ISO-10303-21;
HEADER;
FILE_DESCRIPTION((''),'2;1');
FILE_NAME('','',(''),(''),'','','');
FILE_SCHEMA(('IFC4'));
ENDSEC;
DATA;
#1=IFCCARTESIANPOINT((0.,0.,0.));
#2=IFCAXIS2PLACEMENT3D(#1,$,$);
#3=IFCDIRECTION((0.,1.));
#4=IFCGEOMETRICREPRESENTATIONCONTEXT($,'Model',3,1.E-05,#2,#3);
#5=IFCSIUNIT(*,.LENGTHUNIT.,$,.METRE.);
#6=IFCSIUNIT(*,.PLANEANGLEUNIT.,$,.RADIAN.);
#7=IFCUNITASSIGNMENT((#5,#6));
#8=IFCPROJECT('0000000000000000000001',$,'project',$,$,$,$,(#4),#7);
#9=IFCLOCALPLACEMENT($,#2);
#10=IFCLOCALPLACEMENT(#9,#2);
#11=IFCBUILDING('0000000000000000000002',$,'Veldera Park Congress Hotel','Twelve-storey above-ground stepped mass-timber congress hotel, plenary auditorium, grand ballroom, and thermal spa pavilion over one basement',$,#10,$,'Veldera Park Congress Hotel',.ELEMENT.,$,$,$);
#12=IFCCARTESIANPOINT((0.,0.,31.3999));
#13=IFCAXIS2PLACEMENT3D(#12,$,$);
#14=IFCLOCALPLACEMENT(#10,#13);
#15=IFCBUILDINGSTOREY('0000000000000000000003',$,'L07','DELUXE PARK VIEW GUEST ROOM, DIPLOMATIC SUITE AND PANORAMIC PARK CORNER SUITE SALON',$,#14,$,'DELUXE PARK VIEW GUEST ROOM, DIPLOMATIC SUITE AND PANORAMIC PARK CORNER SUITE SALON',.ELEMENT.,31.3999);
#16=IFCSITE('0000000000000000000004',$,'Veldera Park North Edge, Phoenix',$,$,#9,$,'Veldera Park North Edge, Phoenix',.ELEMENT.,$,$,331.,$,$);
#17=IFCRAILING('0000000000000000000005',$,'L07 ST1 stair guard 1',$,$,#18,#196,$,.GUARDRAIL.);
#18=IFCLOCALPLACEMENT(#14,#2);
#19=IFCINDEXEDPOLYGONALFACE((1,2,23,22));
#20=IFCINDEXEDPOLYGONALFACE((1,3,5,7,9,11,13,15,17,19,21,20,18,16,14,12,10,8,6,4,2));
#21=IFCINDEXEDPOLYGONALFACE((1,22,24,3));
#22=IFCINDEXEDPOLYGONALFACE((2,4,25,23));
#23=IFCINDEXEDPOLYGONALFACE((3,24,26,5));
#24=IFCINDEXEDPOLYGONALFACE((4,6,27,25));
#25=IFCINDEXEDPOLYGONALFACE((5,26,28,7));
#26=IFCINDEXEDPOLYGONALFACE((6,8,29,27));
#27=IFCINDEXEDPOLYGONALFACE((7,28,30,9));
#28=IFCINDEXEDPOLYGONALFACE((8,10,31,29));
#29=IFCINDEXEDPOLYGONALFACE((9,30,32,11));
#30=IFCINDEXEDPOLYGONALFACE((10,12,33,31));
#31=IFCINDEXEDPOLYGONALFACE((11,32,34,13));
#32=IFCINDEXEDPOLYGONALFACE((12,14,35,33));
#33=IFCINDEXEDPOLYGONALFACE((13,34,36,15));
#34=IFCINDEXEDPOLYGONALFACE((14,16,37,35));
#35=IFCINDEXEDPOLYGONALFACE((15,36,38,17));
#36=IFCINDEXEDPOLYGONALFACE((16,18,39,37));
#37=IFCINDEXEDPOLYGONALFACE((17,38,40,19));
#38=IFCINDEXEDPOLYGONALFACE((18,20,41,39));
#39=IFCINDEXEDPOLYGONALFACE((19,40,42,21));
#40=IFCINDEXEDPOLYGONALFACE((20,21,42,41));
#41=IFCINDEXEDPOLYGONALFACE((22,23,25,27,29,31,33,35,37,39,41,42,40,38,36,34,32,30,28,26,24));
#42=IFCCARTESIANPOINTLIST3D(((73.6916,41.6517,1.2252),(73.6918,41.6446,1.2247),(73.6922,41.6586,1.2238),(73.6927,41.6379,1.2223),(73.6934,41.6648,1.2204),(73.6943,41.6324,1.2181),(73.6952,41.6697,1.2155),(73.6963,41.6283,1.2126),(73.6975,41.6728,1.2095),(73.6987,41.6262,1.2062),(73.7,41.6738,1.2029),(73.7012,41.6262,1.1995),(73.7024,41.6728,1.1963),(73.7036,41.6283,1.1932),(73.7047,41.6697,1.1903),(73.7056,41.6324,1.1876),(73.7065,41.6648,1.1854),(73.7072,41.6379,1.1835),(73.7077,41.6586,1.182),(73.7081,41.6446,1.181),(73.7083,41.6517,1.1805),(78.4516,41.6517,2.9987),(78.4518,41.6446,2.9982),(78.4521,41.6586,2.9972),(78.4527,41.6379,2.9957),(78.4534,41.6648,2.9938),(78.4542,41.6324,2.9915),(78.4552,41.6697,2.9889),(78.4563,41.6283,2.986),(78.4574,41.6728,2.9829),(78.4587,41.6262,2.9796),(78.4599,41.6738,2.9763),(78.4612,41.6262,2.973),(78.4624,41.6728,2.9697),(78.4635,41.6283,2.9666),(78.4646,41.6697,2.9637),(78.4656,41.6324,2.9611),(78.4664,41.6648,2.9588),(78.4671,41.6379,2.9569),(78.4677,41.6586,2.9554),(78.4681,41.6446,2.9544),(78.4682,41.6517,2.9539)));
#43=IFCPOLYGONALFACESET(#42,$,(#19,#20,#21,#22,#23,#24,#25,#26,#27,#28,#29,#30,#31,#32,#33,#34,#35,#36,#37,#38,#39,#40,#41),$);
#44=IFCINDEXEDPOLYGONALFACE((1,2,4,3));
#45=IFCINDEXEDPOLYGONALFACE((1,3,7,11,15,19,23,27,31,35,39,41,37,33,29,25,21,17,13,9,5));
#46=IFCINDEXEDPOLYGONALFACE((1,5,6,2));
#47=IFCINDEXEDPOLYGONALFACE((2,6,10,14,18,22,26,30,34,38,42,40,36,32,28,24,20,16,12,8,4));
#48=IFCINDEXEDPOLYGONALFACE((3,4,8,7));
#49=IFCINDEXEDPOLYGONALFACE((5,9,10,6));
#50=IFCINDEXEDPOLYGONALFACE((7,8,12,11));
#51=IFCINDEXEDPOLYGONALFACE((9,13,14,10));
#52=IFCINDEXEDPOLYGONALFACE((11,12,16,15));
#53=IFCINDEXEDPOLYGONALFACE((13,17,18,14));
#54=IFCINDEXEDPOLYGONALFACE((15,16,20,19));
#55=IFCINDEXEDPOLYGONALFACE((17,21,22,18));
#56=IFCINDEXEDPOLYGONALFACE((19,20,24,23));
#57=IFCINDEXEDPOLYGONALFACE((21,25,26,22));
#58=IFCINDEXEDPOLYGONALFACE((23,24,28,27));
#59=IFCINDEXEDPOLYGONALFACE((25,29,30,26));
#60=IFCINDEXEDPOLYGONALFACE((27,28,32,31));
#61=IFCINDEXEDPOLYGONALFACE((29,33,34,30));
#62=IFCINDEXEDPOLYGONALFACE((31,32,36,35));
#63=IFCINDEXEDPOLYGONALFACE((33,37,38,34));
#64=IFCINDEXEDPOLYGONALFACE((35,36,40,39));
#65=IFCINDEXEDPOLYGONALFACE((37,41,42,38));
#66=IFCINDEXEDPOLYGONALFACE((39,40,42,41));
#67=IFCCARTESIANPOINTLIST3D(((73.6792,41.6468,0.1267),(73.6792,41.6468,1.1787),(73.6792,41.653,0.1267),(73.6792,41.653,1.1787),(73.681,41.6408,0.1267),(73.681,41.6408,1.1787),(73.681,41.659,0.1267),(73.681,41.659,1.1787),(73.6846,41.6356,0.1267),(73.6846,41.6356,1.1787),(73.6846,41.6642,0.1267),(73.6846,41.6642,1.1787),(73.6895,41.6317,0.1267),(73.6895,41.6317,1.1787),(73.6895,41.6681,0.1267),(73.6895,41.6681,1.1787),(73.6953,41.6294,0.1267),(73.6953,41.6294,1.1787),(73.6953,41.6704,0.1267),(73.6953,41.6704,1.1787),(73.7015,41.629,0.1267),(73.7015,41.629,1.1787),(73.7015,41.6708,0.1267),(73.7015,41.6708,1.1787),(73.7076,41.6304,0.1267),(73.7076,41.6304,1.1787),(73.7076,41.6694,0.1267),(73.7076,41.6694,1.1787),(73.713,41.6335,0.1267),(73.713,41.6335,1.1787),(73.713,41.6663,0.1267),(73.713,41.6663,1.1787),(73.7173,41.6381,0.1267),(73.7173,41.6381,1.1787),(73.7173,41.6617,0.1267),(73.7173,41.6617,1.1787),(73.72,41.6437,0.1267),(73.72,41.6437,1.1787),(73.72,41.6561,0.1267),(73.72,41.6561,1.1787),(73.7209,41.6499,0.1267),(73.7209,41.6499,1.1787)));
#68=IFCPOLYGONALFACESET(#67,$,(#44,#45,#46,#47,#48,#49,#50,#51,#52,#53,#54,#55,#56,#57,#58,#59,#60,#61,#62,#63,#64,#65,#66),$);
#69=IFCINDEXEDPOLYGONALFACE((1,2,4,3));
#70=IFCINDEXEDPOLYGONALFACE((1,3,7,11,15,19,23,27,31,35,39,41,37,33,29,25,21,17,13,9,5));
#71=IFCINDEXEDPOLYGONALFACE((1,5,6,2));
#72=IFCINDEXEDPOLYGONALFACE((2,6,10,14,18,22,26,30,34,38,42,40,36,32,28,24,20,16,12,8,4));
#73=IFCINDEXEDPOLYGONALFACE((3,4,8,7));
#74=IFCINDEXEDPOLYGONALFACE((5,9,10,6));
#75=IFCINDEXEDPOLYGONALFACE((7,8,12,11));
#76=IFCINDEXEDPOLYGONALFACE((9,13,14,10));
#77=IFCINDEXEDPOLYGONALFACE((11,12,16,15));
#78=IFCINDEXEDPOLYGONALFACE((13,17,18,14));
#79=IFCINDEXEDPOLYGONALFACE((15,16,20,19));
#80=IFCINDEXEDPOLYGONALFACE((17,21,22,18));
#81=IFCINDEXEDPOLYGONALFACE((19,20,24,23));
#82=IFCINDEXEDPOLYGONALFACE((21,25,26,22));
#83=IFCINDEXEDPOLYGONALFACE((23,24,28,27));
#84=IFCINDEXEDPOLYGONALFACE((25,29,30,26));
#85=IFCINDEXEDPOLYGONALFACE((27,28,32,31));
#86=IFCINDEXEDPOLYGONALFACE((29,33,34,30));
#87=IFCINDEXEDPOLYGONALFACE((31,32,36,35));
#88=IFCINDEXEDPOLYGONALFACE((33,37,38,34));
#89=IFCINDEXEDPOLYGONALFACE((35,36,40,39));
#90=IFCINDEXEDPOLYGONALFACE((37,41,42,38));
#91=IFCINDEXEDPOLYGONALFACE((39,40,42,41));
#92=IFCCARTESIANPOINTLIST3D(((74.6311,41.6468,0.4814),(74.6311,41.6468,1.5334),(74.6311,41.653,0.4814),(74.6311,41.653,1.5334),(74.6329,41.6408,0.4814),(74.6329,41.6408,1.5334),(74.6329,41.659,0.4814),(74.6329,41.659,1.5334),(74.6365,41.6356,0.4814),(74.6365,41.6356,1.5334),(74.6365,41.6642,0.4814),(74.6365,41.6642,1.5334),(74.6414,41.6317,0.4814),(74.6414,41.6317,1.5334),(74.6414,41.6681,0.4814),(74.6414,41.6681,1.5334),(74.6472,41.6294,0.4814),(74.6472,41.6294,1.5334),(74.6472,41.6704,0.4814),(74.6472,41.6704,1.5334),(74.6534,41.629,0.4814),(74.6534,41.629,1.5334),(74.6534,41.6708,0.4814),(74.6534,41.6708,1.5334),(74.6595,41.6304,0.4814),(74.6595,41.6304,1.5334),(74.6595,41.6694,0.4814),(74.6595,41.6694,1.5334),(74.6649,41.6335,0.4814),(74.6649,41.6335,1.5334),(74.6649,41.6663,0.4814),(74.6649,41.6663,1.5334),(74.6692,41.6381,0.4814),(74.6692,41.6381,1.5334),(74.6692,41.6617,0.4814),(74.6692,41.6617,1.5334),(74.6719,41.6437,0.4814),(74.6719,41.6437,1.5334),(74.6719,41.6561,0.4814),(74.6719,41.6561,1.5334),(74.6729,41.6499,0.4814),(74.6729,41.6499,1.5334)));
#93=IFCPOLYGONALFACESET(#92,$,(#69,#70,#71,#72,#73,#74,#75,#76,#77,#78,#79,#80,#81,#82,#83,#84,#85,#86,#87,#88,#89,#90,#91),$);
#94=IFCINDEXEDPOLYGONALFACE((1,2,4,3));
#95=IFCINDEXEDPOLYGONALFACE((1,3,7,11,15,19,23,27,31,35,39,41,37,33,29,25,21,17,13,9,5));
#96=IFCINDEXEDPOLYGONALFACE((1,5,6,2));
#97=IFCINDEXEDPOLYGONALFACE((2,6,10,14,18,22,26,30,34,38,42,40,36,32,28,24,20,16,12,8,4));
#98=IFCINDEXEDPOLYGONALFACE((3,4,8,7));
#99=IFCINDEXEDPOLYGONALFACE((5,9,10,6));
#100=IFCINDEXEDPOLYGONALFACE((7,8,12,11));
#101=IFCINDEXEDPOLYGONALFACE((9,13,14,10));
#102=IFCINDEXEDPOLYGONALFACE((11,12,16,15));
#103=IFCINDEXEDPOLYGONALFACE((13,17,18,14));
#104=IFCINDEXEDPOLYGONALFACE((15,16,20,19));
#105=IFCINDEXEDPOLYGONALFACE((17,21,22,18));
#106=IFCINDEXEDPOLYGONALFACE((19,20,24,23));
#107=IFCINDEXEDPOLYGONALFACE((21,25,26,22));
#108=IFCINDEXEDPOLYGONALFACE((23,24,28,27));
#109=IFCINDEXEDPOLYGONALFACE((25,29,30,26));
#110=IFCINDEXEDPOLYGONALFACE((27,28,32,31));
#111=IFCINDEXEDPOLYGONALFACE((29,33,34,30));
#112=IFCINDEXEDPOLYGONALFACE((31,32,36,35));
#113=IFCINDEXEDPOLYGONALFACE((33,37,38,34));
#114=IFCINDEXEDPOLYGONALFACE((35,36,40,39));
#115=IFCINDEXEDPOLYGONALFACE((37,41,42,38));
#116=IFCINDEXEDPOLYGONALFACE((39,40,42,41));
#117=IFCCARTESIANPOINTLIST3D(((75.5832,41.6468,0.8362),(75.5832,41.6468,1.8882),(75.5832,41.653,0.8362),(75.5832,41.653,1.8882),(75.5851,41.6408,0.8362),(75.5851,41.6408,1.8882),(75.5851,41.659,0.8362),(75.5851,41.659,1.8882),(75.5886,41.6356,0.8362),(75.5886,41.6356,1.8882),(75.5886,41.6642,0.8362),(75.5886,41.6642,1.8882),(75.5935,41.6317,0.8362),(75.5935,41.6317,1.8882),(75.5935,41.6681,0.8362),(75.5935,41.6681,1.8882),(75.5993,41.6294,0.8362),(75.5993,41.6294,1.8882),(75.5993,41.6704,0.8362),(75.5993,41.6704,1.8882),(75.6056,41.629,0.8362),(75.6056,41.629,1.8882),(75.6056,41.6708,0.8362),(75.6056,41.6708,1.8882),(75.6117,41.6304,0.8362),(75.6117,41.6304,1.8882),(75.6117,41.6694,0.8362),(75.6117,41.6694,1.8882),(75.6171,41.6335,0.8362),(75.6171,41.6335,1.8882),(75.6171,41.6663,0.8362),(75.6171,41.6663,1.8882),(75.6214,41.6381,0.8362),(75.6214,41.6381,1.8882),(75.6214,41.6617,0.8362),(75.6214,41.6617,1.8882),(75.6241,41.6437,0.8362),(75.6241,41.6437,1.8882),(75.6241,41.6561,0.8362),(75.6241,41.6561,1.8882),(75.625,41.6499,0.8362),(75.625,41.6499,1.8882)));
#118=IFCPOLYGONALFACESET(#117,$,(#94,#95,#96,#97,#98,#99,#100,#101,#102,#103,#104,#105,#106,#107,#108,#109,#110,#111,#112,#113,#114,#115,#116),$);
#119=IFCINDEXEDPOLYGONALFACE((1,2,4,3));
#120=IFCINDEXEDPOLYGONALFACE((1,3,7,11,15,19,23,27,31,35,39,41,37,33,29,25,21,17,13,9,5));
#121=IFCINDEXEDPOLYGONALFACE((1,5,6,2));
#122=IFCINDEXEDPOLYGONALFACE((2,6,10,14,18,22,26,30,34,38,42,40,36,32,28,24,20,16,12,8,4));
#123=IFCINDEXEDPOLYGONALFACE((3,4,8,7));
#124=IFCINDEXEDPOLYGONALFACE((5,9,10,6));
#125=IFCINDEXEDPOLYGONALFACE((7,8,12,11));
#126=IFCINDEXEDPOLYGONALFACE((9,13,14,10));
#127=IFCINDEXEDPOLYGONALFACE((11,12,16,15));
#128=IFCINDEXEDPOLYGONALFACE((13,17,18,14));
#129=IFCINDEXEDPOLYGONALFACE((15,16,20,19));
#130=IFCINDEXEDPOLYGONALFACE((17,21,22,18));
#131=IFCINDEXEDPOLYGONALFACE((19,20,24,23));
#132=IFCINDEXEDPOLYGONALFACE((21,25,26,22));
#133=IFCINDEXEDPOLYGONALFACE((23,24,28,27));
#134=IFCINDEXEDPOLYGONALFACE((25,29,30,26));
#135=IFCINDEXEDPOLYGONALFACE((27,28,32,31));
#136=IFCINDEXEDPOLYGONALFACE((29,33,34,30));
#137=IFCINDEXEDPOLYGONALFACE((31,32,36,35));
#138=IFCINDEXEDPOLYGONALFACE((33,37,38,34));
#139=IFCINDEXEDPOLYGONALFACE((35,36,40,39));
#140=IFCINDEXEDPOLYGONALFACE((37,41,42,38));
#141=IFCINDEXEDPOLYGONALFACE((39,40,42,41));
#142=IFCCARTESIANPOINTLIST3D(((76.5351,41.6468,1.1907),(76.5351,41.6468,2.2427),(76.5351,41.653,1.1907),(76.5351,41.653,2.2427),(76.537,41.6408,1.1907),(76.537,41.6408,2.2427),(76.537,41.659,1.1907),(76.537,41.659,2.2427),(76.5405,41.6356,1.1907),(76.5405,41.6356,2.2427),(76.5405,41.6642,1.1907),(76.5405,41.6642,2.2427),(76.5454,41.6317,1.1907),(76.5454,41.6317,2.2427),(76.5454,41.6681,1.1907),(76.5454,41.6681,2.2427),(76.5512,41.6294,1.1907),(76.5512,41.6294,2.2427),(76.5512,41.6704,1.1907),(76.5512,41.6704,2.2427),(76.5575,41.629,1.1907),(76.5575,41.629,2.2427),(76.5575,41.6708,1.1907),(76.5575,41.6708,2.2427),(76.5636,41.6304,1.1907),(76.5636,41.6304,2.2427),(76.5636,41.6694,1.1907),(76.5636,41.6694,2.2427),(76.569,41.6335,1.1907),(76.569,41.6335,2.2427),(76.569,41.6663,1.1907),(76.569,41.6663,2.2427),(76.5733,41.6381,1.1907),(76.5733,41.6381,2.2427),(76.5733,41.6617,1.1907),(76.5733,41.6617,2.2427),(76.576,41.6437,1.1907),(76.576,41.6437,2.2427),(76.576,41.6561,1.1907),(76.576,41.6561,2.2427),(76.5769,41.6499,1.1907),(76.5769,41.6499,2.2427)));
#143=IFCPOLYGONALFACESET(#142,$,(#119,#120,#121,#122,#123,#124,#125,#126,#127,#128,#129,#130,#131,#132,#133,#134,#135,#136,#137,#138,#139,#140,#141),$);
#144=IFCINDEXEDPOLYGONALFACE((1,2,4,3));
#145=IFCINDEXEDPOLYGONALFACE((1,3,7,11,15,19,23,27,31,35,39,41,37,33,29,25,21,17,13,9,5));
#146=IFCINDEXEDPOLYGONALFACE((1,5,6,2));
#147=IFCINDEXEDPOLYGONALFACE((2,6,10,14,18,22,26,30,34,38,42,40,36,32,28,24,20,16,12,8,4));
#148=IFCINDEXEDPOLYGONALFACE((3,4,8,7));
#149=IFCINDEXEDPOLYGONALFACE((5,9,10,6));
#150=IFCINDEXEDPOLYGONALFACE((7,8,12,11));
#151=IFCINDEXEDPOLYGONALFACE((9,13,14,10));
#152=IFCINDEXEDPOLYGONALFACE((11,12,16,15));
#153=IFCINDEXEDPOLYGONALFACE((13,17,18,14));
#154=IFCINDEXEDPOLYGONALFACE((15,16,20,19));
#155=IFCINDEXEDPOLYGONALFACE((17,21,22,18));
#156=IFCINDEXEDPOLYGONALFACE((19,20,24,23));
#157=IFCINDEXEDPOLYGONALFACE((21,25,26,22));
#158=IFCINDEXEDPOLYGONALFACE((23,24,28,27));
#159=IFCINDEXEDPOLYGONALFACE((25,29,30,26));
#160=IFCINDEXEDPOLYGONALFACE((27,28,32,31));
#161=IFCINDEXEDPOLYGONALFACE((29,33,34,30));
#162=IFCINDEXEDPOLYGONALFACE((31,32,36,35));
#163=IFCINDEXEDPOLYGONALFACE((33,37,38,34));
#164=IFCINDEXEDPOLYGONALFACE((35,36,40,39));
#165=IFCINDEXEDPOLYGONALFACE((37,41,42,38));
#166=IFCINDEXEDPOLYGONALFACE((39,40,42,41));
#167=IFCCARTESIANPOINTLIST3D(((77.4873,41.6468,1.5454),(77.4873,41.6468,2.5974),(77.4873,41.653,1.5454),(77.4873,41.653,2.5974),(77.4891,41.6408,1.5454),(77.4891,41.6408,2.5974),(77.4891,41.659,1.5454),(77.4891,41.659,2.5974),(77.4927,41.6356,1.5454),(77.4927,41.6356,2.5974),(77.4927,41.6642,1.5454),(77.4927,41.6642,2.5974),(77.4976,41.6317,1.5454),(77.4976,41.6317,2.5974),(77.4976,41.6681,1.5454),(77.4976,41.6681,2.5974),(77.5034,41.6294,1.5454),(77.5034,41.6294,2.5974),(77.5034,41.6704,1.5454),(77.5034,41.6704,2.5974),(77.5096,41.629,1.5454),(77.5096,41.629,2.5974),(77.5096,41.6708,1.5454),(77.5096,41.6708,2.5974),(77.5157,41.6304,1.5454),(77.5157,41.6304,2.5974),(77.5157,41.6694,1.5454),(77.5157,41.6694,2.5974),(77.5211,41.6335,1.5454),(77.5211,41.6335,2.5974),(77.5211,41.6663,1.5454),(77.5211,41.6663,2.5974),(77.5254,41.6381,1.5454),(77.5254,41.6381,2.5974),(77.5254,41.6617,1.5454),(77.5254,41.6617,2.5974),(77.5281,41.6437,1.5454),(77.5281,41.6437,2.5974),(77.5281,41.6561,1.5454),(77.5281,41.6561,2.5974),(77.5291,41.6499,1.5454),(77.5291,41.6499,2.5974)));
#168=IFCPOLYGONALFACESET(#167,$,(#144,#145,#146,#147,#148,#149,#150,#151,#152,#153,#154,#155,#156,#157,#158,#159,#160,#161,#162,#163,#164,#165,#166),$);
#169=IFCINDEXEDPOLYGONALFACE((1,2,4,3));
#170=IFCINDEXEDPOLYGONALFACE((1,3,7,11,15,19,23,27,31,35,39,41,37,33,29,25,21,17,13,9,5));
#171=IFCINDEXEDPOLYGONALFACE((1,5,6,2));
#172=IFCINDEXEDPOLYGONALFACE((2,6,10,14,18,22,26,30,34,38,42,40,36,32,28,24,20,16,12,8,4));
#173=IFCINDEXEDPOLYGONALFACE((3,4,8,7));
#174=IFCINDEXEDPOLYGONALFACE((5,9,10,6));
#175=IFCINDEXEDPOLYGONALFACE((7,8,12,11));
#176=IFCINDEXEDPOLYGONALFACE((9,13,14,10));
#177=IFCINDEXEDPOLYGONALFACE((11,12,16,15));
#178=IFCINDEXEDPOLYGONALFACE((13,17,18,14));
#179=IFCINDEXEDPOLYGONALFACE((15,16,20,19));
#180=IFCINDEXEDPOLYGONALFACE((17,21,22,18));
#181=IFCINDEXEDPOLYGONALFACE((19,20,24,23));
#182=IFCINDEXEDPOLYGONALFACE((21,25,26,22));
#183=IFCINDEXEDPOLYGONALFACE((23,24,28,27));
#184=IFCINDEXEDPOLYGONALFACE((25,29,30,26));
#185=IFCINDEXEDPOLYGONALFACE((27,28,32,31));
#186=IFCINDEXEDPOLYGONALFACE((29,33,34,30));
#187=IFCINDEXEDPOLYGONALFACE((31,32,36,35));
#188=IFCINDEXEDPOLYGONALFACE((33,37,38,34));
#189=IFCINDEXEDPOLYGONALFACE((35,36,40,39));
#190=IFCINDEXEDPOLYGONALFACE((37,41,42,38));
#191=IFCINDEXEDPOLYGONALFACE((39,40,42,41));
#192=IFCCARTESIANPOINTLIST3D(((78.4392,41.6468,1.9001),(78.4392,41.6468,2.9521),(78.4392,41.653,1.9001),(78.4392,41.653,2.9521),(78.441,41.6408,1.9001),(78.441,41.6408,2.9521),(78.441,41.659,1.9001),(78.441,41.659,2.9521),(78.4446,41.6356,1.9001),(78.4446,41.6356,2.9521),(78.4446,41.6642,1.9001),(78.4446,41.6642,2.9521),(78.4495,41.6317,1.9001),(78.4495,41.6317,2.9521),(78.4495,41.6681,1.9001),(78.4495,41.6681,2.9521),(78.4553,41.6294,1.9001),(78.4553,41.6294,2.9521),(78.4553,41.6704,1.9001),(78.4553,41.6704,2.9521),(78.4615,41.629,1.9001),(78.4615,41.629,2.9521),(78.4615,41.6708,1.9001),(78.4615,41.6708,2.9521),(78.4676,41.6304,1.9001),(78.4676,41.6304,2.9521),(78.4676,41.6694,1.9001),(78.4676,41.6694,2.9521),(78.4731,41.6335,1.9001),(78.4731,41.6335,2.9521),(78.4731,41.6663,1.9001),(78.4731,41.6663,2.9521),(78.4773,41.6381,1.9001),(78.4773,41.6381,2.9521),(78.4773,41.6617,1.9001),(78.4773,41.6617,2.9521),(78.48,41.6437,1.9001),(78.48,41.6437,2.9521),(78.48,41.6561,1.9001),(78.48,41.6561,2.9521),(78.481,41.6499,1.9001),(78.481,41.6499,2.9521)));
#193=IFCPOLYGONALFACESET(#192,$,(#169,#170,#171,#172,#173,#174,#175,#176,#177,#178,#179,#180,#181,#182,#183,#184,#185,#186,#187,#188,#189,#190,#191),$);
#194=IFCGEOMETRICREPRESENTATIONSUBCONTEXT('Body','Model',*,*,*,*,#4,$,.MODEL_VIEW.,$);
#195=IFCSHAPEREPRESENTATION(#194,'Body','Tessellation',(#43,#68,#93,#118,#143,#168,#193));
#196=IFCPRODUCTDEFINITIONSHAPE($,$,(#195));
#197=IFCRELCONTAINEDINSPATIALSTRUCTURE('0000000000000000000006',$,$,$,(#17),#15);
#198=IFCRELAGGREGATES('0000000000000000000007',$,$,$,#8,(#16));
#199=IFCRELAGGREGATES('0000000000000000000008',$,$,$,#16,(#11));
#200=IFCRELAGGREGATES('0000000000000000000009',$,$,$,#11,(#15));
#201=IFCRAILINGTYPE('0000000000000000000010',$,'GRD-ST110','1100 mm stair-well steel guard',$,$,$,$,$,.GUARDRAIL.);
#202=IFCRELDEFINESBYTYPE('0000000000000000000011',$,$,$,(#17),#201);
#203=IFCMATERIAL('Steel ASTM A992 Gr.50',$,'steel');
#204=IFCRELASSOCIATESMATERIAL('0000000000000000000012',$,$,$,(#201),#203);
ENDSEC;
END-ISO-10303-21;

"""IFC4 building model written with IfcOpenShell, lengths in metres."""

from ifc_helpers import new_model, si_unit, direction, frame, origin, origin_2d, place, context, subcontext, project, spatial, circle, extrude, material, type_object, element, save


model = new_model("IFC4")

# Units and contexts
model_context = context("Model", 3, precision=1e-05, world=origin(), true_north=direction((0.0, 1.0)))
body_context = subcontext(model_context, "Body", "Model", "MODEL_VIEW")
ifc_project = project(units=[si_unit("LENGTHUNIT", "METRE"), si_unit("PLANEANGLEUNIT", "RADIAN")], contexts=[model_context])

# Site, building, storey
site_placement = place(None, origin())
site = spatial("IfcSite", under=ifc_project, at=site_placement, Name="Veldera Park North Edge, Phoenix", LongName="Veldera Park North Edge, Phoenix", CompositionType="ELEMENT", RefElevation=331.0)
building_placement = place(site_placement, origin())
building = spatial("IfcBuilding", under=site, at=building_placement, Name="Veldera Park Congress Hotel", Description="Twelve-storey above-ground stepped mass-timber congress hotel, plenary auditorium, grand ballroom, and thermal spa pavilion over one basement", LongName="Veldera Park Congress Hotel", CompositionType="ELEMENT")
storey_placement = place(building_placement, frame((0.0, 0.0, 31.3999)))
storey = spatial("IfcBuildingStorey", under=building, at=storey_placement, Name="L07", Description="DELUXE PARK VIEW GUEST ROOM, DIPLOMATIC SUITE AND PANORAMIC PARK CORNER SUITE SALON", LongName="DELUXE PARK VIEW GUEST ROOM, DIPLOMATIC SUITE AND PANORAMIC PARK CORNER SUITE SALON", CompositionType="ELEMENT", Elevation=31.3999)

# Railing
ifc_material_1 = material(Name="Steel ASTM A992 Gr.50", Category="steel")
railing_type_1 = type_object("IfcRailingType", Name="GRD-ST110", Description="1100 mm stair-well steel guard", PredefinedType="GUARDRAIL", material=ifc_material_1)
railing_1_placement = place(storey_placement, frame((73.7, 41.6499, 0.1267)))
element("IfcRailing", 1, at=railing_1_placement, inside=storey, type_object=railing_type_1, Name="L07 ST1 stair guard 1", PredefinedType="GUARDRAIL", context=body_context, shape_type="SweptSolid", body=[
    extrude(circle(Radius=0.0239, at=origin_2d()), frame((0.0, 0.0, 1.0762), z_axis=(0.937076, 0.0, 0.349126), x_axis=(0.0, 1.0, 0.0)), (0.0, 0.0, 1.0), 5.0796),
    extrude(circle(Radius=0.021, at=origin_2d()), origin(), (0.0, 0.0, 1.0), 1.052),
    extrude(circle(Radius=0.021, at=origin_2d()), frame((0.9519, 0.0, 0.3547)), (0.0, 0.0, 1.0), 1.052),
    extrude(circle(Radius=0.021, at=origin_2d()), frame((1.9041, 0.0, 0.7095)), (0.0, 0.0, 1.0), 1.052),
    extrude(circle(Radius=0.021, at=origin_2d()), frame((2.856, 0.0, 1.064)), (0.0, 0.0, 1.0), 1.052),
    extrude(circle(Radius=0.021, at=origin_2d()), frame((3.8081, 0.0, 1.4187)), (0.0, 0.0, 1.0), 1.052),
    extrude(circle(Radius=0.021, at=origin_2d()), frame((4.76, 0.0, 1.7734)), (0.0, 0.0, 1.0), 1.052),
])

save(model, "model.ifc")
